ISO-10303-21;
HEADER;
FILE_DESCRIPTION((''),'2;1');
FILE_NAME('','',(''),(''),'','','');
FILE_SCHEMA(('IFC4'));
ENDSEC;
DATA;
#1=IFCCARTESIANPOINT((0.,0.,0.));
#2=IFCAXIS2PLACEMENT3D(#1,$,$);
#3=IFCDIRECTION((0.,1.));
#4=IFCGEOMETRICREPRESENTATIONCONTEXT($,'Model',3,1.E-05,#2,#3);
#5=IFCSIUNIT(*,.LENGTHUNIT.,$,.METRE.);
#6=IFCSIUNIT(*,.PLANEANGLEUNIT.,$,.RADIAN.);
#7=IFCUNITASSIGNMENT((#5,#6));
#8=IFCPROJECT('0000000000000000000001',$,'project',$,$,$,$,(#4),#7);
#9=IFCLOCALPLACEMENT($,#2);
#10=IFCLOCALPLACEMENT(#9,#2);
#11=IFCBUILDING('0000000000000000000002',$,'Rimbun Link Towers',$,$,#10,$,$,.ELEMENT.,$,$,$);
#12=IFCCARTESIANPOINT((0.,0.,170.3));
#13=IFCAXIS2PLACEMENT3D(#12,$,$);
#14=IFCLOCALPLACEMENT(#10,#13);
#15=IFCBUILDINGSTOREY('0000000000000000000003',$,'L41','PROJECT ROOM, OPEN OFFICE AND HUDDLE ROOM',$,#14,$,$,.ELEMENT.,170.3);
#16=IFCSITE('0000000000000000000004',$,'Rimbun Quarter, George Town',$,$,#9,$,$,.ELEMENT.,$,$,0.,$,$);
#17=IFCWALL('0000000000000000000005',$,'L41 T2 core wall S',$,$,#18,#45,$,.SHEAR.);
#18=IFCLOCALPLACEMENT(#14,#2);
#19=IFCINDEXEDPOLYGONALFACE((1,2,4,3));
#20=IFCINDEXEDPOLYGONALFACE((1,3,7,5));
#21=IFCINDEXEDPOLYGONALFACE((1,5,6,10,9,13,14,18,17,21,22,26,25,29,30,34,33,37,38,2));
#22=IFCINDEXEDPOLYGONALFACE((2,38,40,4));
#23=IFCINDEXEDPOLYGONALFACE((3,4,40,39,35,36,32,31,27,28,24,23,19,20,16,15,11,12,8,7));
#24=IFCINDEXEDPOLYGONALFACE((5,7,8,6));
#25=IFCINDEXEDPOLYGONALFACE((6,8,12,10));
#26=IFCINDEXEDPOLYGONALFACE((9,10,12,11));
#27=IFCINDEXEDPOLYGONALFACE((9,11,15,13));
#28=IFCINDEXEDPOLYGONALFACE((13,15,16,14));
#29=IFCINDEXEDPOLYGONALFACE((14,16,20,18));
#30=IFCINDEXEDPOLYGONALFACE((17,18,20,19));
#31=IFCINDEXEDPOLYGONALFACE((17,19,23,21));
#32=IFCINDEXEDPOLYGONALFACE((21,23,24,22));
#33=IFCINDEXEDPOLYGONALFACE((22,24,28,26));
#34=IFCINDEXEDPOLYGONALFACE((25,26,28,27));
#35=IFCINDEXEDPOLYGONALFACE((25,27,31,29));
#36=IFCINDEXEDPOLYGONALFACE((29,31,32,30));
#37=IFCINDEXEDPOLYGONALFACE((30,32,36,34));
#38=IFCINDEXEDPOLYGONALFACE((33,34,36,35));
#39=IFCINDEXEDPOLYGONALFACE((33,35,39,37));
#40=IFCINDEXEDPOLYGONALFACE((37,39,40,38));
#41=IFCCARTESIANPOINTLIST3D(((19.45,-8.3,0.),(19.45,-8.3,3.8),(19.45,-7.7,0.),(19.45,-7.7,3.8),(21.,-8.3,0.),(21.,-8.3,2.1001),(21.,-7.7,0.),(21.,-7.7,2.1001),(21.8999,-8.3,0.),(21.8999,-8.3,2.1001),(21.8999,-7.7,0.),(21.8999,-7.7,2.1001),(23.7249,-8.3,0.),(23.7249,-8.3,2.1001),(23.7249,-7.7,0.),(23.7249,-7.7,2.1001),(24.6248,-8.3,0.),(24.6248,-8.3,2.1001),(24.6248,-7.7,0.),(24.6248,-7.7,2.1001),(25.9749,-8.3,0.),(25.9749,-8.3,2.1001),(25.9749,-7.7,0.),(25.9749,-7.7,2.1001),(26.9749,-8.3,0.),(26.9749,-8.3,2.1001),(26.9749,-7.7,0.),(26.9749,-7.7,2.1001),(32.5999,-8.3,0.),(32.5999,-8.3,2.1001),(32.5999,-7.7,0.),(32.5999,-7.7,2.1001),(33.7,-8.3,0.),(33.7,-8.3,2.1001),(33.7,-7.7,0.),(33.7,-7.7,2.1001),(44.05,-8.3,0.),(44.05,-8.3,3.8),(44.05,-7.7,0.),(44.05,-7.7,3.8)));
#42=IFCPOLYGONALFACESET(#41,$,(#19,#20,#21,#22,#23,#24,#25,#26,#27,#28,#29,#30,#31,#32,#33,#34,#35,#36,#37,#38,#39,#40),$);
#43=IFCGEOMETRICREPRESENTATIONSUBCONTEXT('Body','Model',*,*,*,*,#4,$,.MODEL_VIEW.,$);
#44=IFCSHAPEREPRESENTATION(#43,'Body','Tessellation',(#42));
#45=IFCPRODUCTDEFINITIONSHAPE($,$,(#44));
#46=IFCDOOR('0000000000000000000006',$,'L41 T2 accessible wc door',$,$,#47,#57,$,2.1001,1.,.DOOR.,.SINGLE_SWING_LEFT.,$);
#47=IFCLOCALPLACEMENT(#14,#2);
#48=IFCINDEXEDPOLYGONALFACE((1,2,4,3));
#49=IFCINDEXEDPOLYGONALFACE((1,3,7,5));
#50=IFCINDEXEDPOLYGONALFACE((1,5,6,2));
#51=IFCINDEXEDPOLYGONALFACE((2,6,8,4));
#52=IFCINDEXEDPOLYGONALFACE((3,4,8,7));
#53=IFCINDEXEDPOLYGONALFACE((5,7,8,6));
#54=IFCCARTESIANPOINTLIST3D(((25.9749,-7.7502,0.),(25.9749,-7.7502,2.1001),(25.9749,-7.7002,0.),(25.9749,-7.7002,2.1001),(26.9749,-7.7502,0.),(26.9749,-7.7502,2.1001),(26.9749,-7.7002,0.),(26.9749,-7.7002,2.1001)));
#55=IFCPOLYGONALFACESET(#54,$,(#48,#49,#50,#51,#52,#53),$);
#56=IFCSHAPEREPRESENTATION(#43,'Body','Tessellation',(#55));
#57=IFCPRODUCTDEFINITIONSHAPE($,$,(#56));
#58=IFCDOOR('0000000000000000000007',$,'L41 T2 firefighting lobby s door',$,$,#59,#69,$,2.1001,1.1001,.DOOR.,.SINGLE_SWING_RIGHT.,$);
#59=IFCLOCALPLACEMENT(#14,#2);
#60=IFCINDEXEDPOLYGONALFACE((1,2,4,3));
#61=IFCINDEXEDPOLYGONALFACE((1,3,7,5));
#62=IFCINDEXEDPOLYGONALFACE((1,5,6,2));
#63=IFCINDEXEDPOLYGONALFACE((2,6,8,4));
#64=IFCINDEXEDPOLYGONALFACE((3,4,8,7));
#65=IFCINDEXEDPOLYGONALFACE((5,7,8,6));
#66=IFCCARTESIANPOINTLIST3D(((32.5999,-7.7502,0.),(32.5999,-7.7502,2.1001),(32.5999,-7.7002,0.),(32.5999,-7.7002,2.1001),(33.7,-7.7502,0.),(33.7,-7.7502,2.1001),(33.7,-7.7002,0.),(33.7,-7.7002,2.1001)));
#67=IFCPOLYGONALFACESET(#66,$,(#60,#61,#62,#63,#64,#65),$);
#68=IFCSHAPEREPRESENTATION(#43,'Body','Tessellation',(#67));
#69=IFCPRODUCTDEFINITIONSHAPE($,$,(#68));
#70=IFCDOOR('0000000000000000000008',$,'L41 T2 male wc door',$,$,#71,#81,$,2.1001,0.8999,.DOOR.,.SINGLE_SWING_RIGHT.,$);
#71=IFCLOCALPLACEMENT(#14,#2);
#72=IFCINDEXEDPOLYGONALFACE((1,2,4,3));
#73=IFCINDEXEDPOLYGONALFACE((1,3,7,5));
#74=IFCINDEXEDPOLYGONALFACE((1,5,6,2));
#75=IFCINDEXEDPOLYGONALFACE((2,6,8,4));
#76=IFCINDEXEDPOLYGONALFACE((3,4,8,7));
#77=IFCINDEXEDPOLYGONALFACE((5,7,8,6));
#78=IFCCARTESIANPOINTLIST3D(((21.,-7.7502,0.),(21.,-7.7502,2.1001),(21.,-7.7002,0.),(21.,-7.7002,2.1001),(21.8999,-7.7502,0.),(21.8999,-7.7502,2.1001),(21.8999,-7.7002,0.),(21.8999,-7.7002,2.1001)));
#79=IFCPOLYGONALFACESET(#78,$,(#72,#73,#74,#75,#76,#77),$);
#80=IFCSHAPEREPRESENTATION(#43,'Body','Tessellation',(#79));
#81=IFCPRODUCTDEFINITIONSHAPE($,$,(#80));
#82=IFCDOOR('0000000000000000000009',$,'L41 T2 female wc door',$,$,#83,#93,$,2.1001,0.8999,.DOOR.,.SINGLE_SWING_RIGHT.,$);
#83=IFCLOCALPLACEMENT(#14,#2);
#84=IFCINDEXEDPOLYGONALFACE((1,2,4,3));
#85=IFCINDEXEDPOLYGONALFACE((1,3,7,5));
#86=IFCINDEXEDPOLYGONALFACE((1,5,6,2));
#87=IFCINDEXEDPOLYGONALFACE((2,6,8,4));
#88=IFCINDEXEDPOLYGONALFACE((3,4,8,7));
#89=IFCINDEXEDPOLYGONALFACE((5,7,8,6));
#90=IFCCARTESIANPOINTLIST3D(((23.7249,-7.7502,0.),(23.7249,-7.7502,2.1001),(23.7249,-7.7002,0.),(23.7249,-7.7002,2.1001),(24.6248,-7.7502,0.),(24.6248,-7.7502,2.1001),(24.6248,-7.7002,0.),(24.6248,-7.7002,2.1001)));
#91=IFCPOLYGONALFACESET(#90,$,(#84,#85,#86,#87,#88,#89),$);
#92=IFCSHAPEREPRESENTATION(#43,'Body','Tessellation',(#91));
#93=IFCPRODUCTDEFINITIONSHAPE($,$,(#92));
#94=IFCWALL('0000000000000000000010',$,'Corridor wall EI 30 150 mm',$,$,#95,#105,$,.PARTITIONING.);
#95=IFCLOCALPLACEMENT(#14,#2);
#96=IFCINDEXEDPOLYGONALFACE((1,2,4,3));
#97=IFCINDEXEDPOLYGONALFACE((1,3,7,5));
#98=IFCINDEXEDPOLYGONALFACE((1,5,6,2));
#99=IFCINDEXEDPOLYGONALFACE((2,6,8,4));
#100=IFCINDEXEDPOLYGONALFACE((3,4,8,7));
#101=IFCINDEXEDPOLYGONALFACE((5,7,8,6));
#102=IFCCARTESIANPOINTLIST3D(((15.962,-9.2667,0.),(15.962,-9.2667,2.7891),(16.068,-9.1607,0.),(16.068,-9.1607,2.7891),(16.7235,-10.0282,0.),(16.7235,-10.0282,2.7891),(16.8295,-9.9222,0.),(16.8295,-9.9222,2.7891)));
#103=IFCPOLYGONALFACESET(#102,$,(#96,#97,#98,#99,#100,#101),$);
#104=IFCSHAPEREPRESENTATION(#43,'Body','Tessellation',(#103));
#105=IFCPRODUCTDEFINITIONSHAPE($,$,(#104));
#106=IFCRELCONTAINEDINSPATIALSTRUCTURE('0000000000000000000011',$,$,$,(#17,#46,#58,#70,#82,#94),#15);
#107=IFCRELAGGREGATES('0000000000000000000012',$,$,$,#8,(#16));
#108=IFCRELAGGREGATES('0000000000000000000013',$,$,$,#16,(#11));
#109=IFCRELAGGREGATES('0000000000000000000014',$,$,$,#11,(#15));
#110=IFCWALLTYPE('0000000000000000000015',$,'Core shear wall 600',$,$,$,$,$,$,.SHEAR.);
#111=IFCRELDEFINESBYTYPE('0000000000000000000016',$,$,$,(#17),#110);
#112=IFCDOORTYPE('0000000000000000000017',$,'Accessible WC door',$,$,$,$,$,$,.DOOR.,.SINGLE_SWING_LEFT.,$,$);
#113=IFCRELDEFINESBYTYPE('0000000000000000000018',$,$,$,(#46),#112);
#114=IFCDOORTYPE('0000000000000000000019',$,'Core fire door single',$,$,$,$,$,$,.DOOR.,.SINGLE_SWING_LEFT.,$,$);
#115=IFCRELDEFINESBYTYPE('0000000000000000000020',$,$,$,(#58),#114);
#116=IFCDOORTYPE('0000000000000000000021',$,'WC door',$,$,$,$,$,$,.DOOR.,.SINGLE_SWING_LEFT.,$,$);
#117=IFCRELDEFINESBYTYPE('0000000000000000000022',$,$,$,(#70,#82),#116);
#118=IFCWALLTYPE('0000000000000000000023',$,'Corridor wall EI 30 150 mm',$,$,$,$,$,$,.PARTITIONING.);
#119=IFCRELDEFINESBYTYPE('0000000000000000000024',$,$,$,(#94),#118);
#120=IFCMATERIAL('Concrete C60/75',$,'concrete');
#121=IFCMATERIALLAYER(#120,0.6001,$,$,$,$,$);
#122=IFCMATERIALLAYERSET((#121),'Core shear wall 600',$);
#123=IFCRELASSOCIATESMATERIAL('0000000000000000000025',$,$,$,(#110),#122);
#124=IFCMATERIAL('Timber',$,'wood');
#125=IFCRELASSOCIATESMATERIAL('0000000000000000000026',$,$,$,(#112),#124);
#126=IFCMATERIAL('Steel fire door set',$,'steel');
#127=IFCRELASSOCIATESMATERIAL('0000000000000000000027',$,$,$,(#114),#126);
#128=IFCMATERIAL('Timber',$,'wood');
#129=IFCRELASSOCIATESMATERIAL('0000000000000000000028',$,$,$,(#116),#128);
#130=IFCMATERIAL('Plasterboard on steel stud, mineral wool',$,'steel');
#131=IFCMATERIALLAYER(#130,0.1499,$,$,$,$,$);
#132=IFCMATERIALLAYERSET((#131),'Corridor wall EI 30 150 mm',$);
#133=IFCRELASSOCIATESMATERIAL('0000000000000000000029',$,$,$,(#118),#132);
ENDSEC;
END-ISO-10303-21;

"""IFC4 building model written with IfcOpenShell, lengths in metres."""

from ifc_helpers import new_model, si_unit, direction, frame, frame_2d, origin, place, context, subcontext, project, spatial, rectangle, extrude, material, layer, layer_set, type_object, element, fill, save


model = new_model("IFC4")

# Units and contexts
model_context = context("Model", 3, precision=1e-05, world=origin(), true_north=direction((0.0, 1.0)))
body_context = subcontext(model_context, "Body", "Model", "MODEL_VIEW")
ifc_project = project(units=[si_unit("LENGTHUNIT", "METRE"), si_unit("PLANEANGLEUNIT", "RADIAN")], contexts=[model_context])

# Site, building, storey
site_placement = place(None, origin())
site = spatial("IfcSite", under=ifc_project, at=site_placement, Name="Rimbun Quarter, George Town", CompositionType="ELEMENT", RefElevation=0.0)
building_placement = place(site_placement, origin())
building = spatial("IfcBuilding", under=site, at=building_placement, Name="Rimbun Link Towers", CompositionType="ELEMENT")
storey_placement = place(building_placement, frame((0.0, 0.0, 170.3)))
storey = spatial("IfcBuildingStorey", under=building, at=storey_placement, Name="L41", Description="PROJECT ROOM, OPEN OFFICE AND HUDDLE ROOM", CompositionType="ELEMENT", Elevation=170.3)

# Wall, openings, doors
ifc_material_1 = material(Name="Concrete C60/75", Category="concrete")
ifc_layer_1 = layer(ifc_material_1, 0.6001)
ifc_layer_set_1 = layer_set([ifc_layer_1], Name="Core shear wall 600")
wall_type_1 = type_object("IfcWallType", Name="Core shear wall 600", PredefinedType="SHEAR", material=ifc_layer_set_1)
wall_1_placement = place(storey_placement, frame((19.45, -8.0, 0.0), z_axis=(0.0, 0.0, 1.0), x_axis=(1.0, 0.0, 0.0)))
wall_1 = element("IfcWall", 1, at=wall_1_placement, inside=storey, type_object=wall_type_1, Name="L41 T2 core wall S", PredefinedType="SHEAR", context=body_context, shape_type="SweptSolid", body=[
    extrude(rectangle(XDim=24.6001, YDim=0.6001, at=frame_2d((12.3, 0.0))), origin(), (0.0, 0.0, 1.0), 3.8),
])
opening_1_placement = place(wall_1_placement, frame((13.1499, 0.0, 0.0)))
opening_1 = element("IfcOpeningElement", 2, at=opening_1_placement, cuts=wall_1, PredefinedType="OPENING", context=body_context, shape_type="SweptSolid", body=[
    extrude(rectangle(XDim=1.1001, YDim=2.1001, at=frame_2d((0.55, 1.05))), frame((0.0, 0.3101, 0.0), z_axis=(0.0, -1.0, 0.0), x_axis=(1.0, 0.0, 0.0)), (0.0, 0.0, 1.0), 0.6201),
])
opening_2_placement = place(wall_1_placement, frame((1.55, 0.0, 0.0)))
opening_2 = element("IfcOpeningElement", 3, at=opening_2_placement, cuts=wall_1, PredefinedType="OPENING", context=body_context, shape_type="SweptSolid", body=[
    extrude(rectangle(XDim=0.8999, YDim=2.1001, at=frame_2d((0.45, 1.05))), frame((0.0, 0.3101, 0.0), z_axis=(0.0, -1.0, 0.0), x_axis=(1.0, 0.0, 0.0)), (0.0, 0.0, 1.0), 0.6201),
])
opening_3_placement = place(wall_1_placement, frame((4.2749, 0.0, 0.0)))
opening_3 = element("IfcOpeningElement", 4, at=opening_3_placement, cuts=wall_1, PredefinedType="OPENING", context=body_context, shape_type="SweptSolid", body=[
    extrude(rectangle(XDim=0.8999, YDim=2.1001, at=frame_2d((0.45, 1.05))), frame((0.0, 0.3101, 0.0), z_axis=(0.0, -1.0, 0.0), x_axis=(1.0, 0.0, 0.0)), (0.0, 0.0, 1.0), 0.6201),
])
opening_4_placement = place(wall_1_placement, frame((6.5249, 0.0, 0.0)))
opening_4 = element("IfcOpeningElement", 5, at=opening_4_placement, cuts=wall_1, PredefinedType="OPENING", context=body_context, shape_type="SweptSolid", body=[
    extrude(rectangle(XDim=1.0, YDim=2.1001, at=frame_2d((0.5, 1.05))), frame((0.0, 0.3101, 0.0), z_axis=(0.0, -1.0, 0.0), x_axis=(1.0, 0.0, 0.0)), (0.0, 0.0, 1.0), 0.6201),
])
ifc_material_2 = material(Name="Timber", Category="wood")
door_type_1 = type_object("IfcDoorType", Name="Accessible WC door", OperationType="SINGLE_SWING_LEFT", PredefinedType="DOOR", material=ifc_material_2)
door_1_placement = place(opening_4_placement, origin())
door_1 = element("IfcDoor", 6, at=door_1_placement, inside=storey, type_object=door_type_1, Name="L41 T2 accessible wc door", OperationType="SINGLE_SWING_LEFT", OverallHeight=2.1001, OverallWidth=1.0, PredefinedType="DOOR", context=body_context, shape_type="SweptSolid", body=[
    extrude(rectangle(XDim=1.0, YDim=2.1001, at=frame_2d((0.5, 1.05))), frame((0.0, 0.2998, 0.0), z_axis=(0.0, -1.0, 0.0), x_axis=(1.0, 0.0, 0.0)), (0.0, 0.0, 1.0), 0.05),
])
fill(opening_4, door_1)
ifc_material_3 = material(Name="Steel fire door set", Category="steel")
door_type_2 = type_object("IfcDoorType", Name="Core fire door single", OperationType="SINGLE_SWING_LEFT", PredefinedType="DOOR", material=ifc_material_3)
door_2_placement = place(opening_1_placement, origin())
door_2 = element("IfcDoor", 7, at=door_2_placement, inside=storey, type_object=door_type_2, Name="L41 T2 firefighting lobby s door", OperationType="SINGLE_SWING_RIGHT", OverallHeight=2.1001, OverallWidth=1.1001, PredefinedType="DOOR", context=body_context, shape_type="SweptSolid", body=[
    extrude(rectangle(XDim=1.1001, YDim=2.1001, at=frame_2d((0.55, 1.05))), frame((0.0, 0.2998, 0.0), z_axis=(0.0, -1.0, 0.0), x_axis=(1.0, 0.0, 0.0)), (0.0, 0.0, 1.0), 0.05),
])
fill(opening_1, door_2)
ifc_material_4 = material(Name="Timber", Category="wood")
door_type_3 = type_object("IfcDoorType", Name="WC door", OperationType="SINGLE_SWING_LEFT", PredefinedType="DOOR", material=ifc_material_4)
door_3_placement = place(opening_2_placement, origin())
door_3 = element("IfcDoor", 8, at=door_3_placement, inside=storey, type_object=door_type_3, Name="L41 T2 male wc door", OperationType="SINGLE_SWING_RIGHT", OverallHeight=2.1001, OverallWidth=0.8999, PredefinedType="DOOR", context=body_context, shape_type="SweptSolid", body=[
    extrude(rectangle(XDim=0.8999, YDim=2.1001, at=frame_2d((0.45, 1.05))), frame((0.0, 0.2998, 0.0), z_axis=(0.0, -1.0, 0.0), x_axis=(1.0, 0.0, 0.0)), (0.0, 0.0, 1.0), 0.05),
])
fill(opening_2, door_3)
door_4_placement = place(opening_3_placement, origin())
door_4 = element("IfcDoor", 9, at=door_4_placement, inside=storey, type_object=door_type_3, Name="L41 T2 female wc door", OperationType="SINGLE_SWING_RIGHT", OverallHeight=2.1001, OverallWidth=0.8999, PredefinedType="DOOR", context=body_context, shape_type="SweptSolid", body=[
    extrude(rectangle(XDim=0.8999, YDim=2.1001, at=frame_2d((0.45, 1.05))), frame((0.0, 0.2998, 0.0), z_axis=(0.0, -1.0, 0.0), x_axis=(1.0, 0.0, 0.0)), (0.0, 0.0, 1.0), 0.05),
])
fill(opening_3, door_4)

# Wall
ifc_material_5 = material(Name="Plasterboard on steel stud, mineral wool", Category="steel")
ifc_layer_2 = layer(ifc_material_5, 0.1499)
ifc_layer_set_2 = layer_set([ifc_layer_2], Name="Corridor wall EI 30 150 mm")
wall_type_2 = type_object("IfcWallType", Name="Corridor wall EI 30 150 mm", PredefinedType="PARTITIONING", material=ifc_layer_set_2)
wall_2_placement = place(storey_placement, frame((16.0149, -9.2136, 0.0), z_axis=(0.0, 0.0, 1.0), x_axis=(0.707107, -0.707107, 0.0)))
element("IfcWall", 10, at=wall_2_placement, inside=storey, type_object=wall_type_2, Name="Corridor wall EI 30 150 mm", PredefinedType="PARTITIONING", context=body_context, shape_type="SweptSolid", body=[
    extrude(rectangle(XDim=1.0769, YDim=0.1499, at=frame_2d((0.5386, 0.0))), origin(), (0.0, 0.0, 1.0), 2.7891),
])

save(model, "model.ifc")
